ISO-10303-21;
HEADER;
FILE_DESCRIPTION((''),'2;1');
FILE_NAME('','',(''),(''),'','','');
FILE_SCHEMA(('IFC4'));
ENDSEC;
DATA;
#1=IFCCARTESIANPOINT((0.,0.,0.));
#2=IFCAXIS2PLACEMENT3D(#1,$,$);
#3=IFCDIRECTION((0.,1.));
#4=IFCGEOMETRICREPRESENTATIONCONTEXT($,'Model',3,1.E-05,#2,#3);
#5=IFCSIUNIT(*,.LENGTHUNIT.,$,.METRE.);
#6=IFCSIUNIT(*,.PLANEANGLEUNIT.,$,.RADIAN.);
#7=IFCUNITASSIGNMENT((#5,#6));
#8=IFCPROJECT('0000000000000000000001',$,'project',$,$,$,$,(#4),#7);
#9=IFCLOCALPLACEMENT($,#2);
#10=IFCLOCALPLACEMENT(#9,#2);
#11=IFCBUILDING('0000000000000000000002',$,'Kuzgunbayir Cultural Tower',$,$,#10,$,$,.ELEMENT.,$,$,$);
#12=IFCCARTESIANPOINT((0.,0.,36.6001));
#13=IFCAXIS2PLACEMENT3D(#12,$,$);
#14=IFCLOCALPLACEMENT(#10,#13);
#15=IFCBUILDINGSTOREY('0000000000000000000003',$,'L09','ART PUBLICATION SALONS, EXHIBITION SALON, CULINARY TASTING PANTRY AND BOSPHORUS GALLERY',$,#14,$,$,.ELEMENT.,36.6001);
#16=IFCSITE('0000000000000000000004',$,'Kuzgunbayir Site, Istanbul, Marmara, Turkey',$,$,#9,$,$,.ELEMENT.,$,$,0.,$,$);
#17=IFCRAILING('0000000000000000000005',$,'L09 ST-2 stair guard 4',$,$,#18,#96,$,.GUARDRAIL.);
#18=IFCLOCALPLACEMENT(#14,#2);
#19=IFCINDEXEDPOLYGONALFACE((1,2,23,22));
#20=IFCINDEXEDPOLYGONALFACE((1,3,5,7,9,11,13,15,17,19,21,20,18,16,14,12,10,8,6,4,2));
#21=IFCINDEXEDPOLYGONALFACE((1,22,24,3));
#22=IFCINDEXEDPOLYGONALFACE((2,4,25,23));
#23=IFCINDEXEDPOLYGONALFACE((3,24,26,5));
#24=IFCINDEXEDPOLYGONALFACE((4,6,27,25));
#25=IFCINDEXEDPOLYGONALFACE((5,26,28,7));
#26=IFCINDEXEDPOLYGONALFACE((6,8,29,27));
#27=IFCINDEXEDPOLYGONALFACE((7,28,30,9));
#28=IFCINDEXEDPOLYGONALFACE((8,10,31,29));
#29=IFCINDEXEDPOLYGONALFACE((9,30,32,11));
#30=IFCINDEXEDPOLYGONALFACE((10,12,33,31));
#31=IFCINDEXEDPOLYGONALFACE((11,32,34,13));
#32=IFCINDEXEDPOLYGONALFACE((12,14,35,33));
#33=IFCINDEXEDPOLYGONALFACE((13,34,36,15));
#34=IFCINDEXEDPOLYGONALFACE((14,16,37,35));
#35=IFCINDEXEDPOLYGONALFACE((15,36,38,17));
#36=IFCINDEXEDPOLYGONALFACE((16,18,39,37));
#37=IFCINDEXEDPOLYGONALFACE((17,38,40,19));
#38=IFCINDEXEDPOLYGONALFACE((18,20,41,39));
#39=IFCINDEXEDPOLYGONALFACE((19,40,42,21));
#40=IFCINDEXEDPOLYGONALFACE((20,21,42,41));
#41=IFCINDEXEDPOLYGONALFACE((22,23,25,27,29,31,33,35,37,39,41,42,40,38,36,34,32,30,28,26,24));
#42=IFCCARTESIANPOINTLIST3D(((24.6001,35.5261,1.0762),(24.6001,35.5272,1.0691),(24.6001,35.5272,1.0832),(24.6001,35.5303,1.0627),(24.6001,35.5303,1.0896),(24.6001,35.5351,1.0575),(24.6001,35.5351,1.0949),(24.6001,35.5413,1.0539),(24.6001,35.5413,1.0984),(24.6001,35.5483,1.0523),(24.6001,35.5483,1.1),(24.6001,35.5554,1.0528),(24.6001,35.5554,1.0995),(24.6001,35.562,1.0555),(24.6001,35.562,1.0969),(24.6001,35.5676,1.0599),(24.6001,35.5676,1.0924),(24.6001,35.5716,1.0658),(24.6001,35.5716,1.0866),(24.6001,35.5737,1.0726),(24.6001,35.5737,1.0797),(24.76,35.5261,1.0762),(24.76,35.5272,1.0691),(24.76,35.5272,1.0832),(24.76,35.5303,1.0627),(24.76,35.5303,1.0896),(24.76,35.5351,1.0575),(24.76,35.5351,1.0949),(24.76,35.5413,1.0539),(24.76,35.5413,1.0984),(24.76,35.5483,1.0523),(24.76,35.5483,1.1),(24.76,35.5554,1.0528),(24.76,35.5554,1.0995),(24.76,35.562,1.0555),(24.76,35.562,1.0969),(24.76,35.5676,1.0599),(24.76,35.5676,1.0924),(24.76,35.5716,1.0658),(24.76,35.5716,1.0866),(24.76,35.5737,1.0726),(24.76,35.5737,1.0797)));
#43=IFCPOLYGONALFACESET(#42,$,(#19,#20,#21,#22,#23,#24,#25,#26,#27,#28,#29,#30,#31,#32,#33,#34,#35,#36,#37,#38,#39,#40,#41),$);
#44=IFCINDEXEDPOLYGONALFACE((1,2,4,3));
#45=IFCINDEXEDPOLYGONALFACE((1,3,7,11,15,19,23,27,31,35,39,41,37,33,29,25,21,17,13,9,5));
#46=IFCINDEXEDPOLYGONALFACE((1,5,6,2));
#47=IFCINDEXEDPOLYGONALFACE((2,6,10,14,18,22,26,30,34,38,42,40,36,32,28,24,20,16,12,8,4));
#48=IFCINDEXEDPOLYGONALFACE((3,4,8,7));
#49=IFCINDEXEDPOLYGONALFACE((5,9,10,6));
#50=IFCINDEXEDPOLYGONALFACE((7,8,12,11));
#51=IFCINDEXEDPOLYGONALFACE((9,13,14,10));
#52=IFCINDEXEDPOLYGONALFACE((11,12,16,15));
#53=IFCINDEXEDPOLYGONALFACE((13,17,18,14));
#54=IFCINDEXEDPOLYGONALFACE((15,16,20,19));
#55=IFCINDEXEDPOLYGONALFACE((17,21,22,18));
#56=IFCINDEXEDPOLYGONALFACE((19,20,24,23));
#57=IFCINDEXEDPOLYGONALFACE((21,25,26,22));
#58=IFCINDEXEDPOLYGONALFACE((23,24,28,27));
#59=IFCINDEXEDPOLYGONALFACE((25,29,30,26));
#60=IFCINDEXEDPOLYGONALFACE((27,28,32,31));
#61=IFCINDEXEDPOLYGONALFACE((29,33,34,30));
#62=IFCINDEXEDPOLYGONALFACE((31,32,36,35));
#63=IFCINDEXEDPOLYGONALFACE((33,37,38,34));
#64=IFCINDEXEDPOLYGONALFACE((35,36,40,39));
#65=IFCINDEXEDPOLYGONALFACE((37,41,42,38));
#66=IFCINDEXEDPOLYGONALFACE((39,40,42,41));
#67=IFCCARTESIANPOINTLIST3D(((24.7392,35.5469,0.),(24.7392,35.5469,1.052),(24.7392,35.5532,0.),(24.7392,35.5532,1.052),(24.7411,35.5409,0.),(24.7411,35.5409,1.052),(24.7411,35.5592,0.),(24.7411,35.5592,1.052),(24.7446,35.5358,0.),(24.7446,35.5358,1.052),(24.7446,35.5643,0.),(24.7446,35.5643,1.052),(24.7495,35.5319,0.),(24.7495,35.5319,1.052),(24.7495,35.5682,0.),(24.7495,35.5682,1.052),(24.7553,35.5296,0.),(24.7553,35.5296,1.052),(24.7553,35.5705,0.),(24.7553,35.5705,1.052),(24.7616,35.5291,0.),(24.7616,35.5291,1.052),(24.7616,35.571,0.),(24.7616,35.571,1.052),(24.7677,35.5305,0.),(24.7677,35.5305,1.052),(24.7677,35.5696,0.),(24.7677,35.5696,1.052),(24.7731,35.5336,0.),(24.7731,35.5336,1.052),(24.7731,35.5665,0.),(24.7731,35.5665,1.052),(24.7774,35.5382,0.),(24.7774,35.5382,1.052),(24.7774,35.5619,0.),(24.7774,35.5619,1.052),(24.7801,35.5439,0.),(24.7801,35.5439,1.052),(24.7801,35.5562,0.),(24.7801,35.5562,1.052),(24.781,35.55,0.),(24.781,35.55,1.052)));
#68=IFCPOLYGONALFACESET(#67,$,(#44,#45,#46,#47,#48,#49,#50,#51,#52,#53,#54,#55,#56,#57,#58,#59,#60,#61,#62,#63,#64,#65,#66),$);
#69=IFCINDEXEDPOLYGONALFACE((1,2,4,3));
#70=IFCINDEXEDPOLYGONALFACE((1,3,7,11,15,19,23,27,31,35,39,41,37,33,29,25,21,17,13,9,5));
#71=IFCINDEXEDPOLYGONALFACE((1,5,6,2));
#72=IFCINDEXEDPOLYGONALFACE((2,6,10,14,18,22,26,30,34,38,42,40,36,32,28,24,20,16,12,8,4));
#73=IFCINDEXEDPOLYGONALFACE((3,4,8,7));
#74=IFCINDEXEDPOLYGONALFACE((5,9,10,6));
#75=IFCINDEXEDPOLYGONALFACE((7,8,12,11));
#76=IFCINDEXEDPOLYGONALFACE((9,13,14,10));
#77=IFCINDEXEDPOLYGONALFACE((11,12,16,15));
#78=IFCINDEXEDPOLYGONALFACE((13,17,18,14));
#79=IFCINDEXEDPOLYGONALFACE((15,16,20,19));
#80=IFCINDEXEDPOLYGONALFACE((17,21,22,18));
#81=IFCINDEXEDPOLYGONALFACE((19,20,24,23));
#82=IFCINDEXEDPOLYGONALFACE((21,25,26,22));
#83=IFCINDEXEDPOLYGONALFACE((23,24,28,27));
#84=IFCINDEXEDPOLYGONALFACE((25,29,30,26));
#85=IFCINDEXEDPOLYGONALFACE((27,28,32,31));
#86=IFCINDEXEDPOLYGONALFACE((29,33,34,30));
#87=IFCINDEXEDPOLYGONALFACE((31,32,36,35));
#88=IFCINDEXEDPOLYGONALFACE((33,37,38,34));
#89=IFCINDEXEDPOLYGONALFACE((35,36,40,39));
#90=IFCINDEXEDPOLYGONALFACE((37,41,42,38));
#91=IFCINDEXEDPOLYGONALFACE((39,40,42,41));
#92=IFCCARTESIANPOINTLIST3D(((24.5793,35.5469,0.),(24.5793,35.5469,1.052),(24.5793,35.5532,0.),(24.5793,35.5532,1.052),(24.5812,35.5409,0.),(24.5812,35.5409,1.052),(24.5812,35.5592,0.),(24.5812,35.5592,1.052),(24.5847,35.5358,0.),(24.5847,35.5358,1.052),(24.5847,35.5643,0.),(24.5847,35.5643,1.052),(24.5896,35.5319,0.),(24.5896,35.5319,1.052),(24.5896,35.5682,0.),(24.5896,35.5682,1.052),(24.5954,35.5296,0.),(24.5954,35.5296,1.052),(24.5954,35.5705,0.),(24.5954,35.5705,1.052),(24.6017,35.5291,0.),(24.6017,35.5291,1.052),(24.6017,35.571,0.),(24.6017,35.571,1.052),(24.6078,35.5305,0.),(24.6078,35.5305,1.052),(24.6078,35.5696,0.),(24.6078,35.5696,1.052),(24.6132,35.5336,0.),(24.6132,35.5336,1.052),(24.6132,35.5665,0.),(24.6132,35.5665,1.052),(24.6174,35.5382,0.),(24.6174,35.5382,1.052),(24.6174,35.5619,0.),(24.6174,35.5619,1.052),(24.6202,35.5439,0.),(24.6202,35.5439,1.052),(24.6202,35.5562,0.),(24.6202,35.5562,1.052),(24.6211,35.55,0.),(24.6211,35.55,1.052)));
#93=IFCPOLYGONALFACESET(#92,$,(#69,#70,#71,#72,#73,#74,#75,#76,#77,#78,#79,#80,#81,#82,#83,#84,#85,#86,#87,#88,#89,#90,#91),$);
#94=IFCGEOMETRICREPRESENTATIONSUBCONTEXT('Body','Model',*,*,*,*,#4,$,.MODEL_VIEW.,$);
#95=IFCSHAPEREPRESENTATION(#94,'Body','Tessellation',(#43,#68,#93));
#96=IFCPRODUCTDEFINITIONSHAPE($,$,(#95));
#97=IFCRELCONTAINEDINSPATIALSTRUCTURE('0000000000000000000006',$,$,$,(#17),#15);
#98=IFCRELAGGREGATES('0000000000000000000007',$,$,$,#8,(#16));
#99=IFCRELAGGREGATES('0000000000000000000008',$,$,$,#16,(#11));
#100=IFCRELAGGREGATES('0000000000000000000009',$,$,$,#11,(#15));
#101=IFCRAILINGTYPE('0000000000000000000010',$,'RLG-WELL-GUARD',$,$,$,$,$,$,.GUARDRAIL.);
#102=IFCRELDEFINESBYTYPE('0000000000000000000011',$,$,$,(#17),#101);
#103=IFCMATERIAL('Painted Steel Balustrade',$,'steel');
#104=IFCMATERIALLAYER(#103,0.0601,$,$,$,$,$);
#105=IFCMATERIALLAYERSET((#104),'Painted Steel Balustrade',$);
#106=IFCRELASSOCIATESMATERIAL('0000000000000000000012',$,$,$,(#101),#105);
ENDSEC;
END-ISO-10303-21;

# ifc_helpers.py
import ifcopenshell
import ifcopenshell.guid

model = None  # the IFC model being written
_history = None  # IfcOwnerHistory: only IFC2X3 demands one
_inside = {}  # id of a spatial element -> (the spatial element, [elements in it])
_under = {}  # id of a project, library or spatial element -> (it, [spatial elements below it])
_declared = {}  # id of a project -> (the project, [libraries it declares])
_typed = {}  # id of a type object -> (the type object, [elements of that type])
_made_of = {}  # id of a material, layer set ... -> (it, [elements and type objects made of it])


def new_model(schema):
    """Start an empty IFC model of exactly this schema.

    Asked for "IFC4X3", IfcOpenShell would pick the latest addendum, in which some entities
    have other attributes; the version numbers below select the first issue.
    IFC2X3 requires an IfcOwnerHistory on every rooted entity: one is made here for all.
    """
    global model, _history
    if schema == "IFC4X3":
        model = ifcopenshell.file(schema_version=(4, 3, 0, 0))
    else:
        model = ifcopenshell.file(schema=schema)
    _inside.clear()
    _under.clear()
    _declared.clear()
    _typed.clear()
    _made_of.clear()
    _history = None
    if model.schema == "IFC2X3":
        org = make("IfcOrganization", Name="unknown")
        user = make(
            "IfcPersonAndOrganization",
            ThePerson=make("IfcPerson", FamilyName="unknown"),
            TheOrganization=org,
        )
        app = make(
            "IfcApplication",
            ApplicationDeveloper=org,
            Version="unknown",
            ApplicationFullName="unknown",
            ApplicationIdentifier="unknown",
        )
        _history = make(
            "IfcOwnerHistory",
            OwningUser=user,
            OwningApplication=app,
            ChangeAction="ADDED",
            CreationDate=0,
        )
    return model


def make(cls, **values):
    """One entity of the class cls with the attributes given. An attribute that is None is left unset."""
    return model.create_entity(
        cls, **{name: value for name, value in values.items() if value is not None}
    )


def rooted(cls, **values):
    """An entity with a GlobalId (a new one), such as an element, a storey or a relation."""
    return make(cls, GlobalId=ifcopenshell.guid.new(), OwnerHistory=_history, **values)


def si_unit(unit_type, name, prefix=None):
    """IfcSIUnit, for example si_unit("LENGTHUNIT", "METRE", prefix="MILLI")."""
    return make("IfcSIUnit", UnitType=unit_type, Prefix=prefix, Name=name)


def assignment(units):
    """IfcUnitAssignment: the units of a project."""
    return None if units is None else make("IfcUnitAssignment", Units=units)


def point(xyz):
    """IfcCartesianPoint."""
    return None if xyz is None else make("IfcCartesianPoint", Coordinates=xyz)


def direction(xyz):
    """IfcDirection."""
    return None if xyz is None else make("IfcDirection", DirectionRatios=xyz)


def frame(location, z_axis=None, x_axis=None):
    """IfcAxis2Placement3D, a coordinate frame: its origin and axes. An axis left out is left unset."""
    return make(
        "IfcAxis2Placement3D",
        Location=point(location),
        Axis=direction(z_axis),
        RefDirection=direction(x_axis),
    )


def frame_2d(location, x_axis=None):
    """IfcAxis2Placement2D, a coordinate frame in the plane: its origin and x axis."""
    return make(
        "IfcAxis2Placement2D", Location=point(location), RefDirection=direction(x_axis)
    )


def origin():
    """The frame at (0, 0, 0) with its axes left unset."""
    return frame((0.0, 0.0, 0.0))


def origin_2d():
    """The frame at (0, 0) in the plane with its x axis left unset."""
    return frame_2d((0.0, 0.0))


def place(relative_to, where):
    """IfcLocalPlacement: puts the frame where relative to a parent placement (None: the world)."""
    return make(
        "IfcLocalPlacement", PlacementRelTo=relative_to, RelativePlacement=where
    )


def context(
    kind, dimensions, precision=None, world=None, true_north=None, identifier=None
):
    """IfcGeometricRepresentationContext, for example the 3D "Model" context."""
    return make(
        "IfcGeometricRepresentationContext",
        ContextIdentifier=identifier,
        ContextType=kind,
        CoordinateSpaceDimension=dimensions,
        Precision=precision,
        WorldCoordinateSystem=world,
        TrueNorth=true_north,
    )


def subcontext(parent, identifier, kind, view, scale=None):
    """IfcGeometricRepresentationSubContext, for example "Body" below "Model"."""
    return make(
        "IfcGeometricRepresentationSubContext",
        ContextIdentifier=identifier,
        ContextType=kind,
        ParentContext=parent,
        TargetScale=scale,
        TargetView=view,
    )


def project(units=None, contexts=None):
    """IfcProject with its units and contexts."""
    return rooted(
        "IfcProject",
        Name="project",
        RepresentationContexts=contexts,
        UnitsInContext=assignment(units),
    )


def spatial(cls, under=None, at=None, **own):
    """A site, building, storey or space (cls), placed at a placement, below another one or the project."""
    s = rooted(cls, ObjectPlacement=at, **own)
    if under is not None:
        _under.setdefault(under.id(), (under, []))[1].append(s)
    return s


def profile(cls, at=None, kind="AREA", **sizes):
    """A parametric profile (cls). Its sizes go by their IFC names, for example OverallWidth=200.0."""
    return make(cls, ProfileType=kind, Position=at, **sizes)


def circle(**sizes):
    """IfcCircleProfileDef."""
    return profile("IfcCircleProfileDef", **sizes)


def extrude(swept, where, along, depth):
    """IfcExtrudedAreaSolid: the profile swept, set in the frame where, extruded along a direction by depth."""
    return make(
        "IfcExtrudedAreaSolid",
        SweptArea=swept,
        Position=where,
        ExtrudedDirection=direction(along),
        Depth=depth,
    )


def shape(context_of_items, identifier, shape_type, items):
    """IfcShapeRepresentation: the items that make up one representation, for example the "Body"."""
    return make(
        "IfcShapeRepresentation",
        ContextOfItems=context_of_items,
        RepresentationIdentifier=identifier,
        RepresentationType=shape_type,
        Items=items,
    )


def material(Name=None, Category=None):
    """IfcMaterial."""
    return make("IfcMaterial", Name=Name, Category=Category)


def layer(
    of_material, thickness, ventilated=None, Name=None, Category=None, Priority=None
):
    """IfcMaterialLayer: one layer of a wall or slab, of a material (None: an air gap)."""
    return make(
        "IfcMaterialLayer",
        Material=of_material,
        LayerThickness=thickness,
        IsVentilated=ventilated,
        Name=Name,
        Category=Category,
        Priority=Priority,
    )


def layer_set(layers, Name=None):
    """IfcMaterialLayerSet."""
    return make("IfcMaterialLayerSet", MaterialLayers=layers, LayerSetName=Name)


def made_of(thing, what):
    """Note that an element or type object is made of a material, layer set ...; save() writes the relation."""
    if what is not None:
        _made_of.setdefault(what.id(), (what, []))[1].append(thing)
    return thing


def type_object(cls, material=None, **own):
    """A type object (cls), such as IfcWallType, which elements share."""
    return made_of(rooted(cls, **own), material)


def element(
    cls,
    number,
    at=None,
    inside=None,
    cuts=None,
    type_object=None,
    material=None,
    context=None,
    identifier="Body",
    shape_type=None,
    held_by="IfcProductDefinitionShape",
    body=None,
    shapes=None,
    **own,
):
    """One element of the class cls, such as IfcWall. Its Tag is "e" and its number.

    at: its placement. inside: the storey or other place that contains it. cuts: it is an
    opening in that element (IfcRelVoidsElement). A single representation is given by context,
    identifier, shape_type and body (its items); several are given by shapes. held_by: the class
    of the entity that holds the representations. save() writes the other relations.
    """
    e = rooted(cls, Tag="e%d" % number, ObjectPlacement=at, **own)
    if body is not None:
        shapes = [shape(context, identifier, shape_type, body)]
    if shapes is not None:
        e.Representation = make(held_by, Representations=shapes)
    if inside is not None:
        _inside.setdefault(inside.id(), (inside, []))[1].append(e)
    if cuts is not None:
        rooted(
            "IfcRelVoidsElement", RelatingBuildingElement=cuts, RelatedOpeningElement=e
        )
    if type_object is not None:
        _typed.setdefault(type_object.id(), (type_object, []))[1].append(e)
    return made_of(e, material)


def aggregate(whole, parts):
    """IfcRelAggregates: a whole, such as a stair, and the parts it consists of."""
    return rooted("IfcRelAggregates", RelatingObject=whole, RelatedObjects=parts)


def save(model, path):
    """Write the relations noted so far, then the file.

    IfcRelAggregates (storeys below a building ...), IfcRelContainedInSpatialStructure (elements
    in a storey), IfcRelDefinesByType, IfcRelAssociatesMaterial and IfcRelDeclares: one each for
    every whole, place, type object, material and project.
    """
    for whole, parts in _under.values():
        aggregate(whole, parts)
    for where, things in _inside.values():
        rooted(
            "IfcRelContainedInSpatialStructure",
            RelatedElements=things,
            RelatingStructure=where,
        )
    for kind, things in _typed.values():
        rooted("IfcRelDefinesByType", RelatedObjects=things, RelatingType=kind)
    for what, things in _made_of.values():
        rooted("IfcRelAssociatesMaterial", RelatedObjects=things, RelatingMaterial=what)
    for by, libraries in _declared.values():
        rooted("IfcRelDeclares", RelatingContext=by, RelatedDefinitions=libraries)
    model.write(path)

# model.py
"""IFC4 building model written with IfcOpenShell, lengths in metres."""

from ifc_helpers import new_model, si_unit, direction, frame, origin, origin_2d, place, context, subcontext, project, spatial, circle, extrude, material, layer, layer_set, type_object, element, save


model = new_model("IFC4")

# Units and contexts
model_context = context("Model", 3, precision=1e-05, world=origin(), true_north=direction((0.0, 1.0)))
body_context = subcontext(model_context, "Body", "Model", "MODEL_VIEW")
ifc_project = project(units=[si_unit("LENGTHUNIT", "METRE"), si_unit("PLANEANGLEUNIT", "RADIAN")], contexts=[model_context])

# Site, building, storey
site_placement = place(None, origin())
site = spatial("IfcSite", under=ifc_project, at=site_placement, Name="Kuzgunbayir Site, Istanbul, Marmara, Turkey", CompositionType="ELEMENT", RefElevation=0.0)
building_placement = place(site_placement, origin())
building = spatial("IfcBuilding", under=site, at=building_placement, Name="Kuzgunbayir Cultural Tower", CompositionType="ELEMENT")
storey_placement = place(building_placement, frame((0.0, 0.0, 36.6001)))
storey = spatial("IfcBuildingStorey", under=building, at=storey_placement, Name="L09", Description="ART PUBLICATION SALONS, EXHIBITION SALON, CULINARY TASTING PANTRY AND BOSPHORUS GALLERY", CompositionType="ELEMENT", Elevation=36.6001)

# Railing
ifc_material_1 = material(Name="Painted Steel Balustrade", Category="steel")
ifc_layer_1 = layer(ifc_material_1, 0.0601)
ifc_layer_set_1 = layer_set([ifc_layer_1], Name="Painted Steel Balustrade")
railing_type_1 = type_object("IfcRailingType", Name="RLG-WELL-GUARD", PredefinedType="GUARDRAIL", material=ifc_layer_set_1)
railing_1_placement = place(storey_placement, frame((24.76, 35.55, 0.0)))
element("IfcRailing", 1, at=railing_1_placement, inside=storey, type_object=railing_type_1, Name="L09 ST-2 stair guard 4", PredefinedType="GUARDRAIL", context=body_context, shape_type="SweptSolid", body=[
    extrude(circle(Radius=0.0239, at=origin_2d()), frame((0.0, 0.0, 1.0762), z_axis=(-1.0, 0.0, 0.0), x_axis=(0.0, -1.0, 0.0)), (0.0, 0.0, 1.0), 0.1599),
    extrude(circle(Radius=0.021, at=origin_2d()), origin(), (0.0, 0.0, 1.0), 1.052),
    extrude(circle(Radius=0.021, at=origin_2d()), frame((-0.1599, 0.0, 0.0)), (0.0, 0.0, 1.0), 1.052),
])

save(model, "model.ifc")
